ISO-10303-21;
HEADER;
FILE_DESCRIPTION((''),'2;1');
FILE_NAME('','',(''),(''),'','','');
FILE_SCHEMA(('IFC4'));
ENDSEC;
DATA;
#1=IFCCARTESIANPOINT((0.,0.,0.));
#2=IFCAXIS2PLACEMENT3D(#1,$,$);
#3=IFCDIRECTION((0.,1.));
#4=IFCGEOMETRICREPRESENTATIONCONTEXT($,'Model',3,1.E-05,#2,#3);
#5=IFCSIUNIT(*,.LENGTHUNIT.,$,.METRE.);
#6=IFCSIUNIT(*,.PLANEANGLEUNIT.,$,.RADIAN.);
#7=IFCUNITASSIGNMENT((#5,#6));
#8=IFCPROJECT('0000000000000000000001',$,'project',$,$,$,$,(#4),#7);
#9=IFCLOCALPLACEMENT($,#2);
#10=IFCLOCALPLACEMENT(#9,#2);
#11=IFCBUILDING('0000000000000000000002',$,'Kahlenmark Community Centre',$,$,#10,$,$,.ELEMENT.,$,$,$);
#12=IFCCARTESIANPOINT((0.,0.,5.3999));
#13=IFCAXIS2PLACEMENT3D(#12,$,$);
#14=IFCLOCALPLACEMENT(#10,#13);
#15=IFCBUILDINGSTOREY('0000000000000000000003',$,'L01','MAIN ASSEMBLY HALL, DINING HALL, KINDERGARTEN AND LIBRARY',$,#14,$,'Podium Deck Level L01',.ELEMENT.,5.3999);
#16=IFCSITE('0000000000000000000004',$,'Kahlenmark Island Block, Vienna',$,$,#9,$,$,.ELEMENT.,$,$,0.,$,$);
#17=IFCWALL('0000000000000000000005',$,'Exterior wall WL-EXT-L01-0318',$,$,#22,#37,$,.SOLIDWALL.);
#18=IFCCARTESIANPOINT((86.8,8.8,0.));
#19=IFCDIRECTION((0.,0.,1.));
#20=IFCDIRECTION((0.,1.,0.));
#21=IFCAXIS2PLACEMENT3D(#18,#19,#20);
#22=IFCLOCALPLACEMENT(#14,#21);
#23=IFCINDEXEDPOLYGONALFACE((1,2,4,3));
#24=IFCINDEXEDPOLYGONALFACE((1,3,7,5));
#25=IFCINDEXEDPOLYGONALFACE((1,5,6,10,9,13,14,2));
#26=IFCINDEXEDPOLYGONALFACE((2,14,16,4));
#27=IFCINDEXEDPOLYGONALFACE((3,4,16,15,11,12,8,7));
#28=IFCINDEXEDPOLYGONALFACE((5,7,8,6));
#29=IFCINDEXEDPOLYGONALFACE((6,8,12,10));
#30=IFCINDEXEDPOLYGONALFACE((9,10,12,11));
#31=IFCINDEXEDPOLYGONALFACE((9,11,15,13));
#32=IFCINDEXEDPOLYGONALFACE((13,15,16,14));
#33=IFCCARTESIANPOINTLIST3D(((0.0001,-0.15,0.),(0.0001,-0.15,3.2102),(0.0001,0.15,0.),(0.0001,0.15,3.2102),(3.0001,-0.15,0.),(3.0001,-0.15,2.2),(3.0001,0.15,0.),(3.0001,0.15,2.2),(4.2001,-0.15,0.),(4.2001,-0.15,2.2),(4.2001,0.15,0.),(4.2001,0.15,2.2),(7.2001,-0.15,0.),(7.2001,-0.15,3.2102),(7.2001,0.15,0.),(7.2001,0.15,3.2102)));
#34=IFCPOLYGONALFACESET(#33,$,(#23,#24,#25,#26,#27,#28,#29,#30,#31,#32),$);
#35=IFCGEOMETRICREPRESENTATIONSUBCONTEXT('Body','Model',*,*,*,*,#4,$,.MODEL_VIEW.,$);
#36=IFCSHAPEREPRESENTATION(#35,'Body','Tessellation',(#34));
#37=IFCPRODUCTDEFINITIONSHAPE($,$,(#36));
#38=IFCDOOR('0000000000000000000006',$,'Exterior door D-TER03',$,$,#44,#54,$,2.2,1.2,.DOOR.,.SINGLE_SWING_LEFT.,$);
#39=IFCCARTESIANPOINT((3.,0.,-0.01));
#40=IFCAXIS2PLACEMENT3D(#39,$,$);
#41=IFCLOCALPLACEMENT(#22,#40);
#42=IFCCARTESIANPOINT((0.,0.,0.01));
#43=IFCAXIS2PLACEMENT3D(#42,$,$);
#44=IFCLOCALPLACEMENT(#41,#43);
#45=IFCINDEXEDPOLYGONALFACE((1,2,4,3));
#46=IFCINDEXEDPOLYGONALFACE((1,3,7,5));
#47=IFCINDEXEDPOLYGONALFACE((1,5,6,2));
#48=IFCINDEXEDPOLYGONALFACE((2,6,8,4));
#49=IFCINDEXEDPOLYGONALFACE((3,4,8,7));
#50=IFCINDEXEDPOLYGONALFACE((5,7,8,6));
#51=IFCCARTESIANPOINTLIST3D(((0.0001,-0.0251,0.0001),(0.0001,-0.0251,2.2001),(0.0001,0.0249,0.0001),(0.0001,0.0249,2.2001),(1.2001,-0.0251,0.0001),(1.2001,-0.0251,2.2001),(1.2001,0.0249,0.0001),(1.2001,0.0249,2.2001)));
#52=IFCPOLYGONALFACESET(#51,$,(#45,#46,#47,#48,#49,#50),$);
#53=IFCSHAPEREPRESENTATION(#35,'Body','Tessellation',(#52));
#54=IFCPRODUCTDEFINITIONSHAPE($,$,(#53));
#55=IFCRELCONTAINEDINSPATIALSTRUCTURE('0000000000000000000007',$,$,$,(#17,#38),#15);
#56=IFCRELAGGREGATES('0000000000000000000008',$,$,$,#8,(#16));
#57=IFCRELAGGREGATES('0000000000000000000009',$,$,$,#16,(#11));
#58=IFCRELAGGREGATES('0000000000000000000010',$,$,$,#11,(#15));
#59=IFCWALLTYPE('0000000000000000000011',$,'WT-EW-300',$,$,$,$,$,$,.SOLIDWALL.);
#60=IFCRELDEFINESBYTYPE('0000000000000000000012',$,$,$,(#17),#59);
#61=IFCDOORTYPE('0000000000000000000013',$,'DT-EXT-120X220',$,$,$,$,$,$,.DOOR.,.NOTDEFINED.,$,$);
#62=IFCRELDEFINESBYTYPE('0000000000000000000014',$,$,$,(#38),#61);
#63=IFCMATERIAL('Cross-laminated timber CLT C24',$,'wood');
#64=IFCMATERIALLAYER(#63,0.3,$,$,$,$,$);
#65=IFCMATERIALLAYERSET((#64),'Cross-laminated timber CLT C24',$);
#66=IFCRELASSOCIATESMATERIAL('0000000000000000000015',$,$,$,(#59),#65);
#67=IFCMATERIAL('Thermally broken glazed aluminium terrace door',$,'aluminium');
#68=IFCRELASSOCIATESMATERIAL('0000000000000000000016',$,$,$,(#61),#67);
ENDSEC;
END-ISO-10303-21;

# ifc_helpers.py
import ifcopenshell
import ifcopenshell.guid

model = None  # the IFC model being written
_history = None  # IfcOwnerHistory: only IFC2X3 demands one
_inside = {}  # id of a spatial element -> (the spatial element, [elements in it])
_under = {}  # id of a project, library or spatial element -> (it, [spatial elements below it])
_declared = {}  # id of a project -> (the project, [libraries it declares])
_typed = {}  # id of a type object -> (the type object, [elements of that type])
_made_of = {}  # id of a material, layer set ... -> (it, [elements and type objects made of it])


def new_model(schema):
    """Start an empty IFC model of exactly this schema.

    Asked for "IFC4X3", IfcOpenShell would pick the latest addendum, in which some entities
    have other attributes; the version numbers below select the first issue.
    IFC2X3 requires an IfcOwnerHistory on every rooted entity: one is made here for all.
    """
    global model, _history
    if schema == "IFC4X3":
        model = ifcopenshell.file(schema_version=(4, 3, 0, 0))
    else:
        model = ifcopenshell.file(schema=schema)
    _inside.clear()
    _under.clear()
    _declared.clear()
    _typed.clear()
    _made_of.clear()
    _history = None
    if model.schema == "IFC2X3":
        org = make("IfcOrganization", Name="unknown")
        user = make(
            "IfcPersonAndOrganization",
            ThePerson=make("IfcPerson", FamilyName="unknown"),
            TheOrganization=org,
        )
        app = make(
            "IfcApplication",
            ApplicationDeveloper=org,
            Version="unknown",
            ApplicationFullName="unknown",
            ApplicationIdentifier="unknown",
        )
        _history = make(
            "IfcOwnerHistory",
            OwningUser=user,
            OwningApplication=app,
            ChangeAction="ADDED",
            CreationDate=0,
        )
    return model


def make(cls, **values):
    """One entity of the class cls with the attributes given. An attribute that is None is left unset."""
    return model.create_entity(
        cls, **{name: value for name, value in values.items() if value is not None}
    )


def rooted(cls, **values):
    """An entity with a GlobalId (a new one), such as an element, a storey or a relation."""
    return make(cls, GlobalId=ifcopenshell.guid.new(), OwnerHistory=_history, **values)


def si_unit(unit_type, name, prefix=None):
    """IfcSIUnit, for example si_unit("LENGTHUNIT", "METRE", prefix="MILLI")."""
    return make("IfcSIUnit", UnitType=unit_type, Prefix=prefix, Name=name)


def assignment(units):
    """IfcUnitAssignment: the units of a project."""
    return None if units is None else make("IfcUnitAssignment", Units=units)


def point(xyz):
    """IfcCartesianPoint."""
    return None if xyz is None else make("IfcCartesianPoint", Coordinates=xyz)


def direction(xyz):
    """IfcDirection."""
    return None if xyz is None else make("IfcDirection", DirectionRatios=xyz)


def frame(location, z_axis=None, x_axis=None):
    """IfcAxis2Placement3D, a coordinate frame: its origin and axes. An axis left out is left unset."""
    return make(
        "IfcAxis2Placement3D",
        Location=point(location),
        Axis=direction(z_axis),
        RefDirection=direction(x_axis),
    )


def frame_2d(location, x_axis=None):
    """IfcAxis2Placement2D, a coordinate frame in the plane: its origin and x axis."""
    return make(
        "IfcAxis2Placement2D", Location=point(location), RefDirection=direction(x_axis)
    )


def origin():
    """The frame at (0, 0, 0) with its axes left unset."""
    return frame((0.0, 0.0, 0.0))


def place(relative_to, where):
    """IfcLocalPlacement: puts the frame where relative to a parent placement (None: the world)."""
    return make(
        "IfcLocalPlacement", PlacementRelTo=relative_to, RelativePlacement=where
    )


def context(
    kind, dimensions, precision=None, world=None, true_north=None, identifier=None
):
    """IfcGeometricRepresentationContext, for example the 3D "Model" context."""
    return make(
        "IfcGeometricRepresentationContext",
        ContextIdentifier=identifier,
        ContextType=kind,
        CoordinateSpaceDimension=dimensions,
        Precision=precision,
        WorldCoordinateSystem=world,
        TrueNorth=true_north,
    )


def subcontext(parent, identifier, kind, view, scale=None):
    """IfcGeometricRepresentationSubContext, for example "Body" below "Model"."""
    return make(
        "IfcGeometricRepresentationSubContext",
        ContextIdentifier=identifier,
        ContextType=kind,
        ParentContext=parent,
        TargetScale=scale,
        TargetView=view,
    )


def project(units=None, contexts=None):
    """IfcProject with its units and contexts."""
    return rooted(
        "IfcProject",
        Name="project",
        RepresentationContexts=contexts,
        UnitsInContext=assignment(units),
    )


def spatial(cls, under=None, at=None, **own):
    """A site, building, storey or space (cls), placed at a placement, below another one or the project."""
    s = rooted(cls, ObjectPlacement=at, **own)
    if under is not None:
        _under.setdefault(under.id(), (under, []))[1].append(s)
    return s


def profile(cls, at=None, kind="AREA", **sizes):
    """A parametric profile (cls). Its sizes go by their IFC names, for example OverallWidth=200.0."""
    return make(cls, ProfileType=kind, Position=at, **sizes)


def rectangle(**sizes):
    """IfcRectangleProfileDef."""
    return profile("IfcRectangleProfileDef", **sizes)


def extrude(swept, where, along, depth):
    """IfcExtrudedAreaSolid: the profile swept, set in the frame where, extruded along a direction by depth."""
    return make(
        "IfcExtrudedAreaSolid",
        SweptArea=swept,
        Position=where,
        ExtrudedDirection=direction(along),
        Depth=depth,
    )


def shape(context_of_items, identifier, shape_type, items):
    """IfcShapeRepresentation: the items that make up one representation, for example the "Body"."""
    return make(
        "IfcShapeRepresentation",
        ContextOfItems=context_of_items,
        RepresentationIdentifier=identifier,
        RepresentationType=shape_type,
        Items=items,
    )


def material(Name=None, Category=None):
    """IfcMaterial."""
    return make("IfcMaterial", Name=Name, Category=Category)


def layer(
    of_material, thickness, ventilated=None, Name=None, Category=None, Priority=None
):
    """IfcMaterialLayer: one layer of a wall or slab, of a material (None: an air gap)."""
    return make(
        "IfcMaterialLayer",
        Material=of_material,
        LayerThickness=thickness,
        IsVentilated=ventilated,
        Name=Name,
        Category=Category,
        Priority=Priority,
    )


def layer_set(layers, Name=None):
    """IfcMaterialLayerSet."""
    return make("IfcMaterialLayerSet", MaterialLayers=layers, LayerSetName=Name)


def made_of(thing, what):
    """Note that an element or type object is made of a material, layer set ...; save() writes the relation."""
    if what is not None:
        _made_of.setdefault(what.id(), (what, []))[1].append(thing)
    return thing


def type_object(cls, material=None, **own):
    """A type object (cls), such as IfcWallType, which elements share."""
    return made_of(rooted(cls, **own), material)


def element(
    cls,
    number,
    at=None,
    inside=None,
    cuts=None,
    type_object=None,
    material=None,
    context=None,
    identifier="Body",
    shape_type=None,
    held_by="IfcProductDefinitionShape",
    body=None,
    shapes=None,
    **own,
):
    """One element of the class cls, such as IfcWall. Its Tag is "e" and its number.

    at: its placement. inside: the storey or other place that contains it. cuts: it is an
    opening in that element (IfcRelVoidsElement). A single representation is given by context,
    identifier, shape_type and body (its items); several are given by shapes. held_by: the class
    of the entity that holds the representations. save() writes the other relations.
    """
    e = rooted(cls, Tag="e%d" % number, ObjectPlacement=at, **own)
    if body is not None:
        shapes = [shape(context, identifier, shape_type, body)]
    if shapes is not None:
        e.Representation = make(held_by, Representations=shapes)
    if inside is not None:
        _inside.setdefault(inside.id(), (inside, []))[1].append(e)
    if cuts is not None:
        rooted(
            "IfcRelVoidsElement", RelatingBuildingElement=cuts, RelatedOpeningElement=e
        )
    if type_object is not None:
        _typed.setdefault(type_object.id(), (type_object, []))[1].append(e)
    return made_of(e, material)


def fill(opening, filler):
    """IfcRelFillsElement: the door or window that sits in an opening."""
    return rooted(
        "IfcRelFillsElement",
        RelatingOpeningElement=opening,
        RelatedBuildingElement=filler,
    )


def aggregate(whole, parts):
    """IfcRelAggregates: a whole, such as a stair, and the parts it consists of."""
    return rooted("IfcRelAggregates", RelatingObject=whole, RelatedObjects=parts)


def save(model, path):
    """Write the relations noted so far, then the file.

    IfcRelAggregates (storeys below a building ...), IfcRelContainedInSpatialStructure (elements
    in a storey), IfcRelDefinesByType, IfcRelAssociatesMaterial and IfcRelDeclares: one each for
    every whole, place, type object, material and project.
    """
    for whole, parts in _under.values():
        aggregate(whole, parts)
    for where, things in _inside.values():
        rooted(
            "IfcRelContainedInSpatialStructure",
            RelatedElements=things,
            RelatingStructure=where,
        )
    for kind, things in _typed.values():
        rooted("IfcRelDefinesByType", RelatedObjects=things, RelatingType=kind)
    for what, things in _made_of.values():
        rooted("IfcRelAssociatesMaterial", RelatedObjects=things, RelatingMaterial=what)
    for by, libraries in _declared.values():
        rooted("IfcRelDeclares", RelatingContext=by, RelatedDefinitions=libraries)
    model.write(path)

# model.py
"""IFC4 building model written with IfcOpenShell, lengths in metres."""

from ifc_helpers import new_model, si_unit, direction, frame, frame_2d, origin, place, context, subcontext, project, spatial, rectangle, extrude, material, layer, layer_set, type_object, element, fill, save


model = new_model("IFC4")

# Units and contexts
model_context = context("Model", 3, precision=1e-05, world=origin(), true_north=direction((0.0, 1.0)))
body_context = subcontext(model_context, "Body", "Model", "MODEL_VIEW")
ifc_project = project(units=[si_unit("LENGTHUNIT", "METRE"), si_unit("PLANEANGLEUNIT", "RADIAN")], contexts=[model_context])

# Site, building, storey
site_placement = place(None, origin())
site = spatial("IfcSite", under=ifc_project, at=site_placement, Name="Kahlenmark Island Block, Vienna", CompositionType="ELEMENT", RefElevation=0.0)
building_placement = place(site_placement, origin())
building = spatial("IfcBuilding", under=site, at=building_placement, Name="Kahlenmark Community Centre", CompositionType="ELEMENT")
storey_placement = place(building_placement, frame((0.0, 0.0, 5.3999)))
storey = spatial("IfcBuildingStorey", under=building, at=storey_placement, Name="L01", Description="MAIN ASSEMBLY HALL, DINING HALL, KINDERGARTEN AND LIBRARY", LongName="Podium Deck Level L01", CompositionType="ELEMENT", Elevation=5.3999)

# Shared definitions
ifc_material_1 = material(Name="Cross-laminated timber CLT C24", Category="wood")
ifc_layer_1 = layer(ifc_material_1, 0.3)
ifc_layer_set_1 = layer_set([ifc_layer_1], Name="Cross-laminated timber CLT C24")
wall_type = type_object("IfcWallType", Name="WT-EW-300", PredefinedType="SOLIDWALL", material=ifc_layer_set_1)

# Wall, opening, door
wall_1_placement = place(storey_placement, frame((86.8, 8.8, 0.0), z_axis=(0.0, 0.0, 1.0), x_axis=(0.0, 1.0, 0.0)))
wall_1 = element("IfcWall", 1, at=wall_1_placement, inside=storey, type_object=wall_type, Name="Exterior wall WL-EXT-L01-0318", PredefinedType="SOLIDWALL", context=body_context, shape_type="SweptSolid", body=[
    extrude(rectangle(XDim=7.2, YDim=0.3, at=frame_2d((3.6001, 0.0))), origin(), (0.0, 0.0, 1.0), 3.2102),
])
opening_placement = place(wall_1_placement, frame((3.0, 0.0, -0.01)))
opening = element("IfcOpeningElement", 2, at=opening_placement, cuts=wall_1, PredefinedType="OPENING", context=body_context, shape_type="SweptSolid", body=[
    extrude(rectangle(XDim=1.2, YDim=2.21, at=frame_2d((0.6001, 1.105))), frame((0.0, 0.1599, 0.0), z_axis=(0.0, -1.0, 0.0), x_axis=(1.0, 0.0, 0.0)), (0.0, 0.0, 1.0), 0.3201),
])
ifc_material_2 = material(Name="Thermally broken glazed aluminium terrace door", Category="aluminium")
door_type = type_object("IfcDoorType", Name="DT-EXT-120X220", OperationType="NOTDEFINED", PredefinedType="DOOR", material=ifc_material_2)
door_placement = place(opening_placement, frame((0.0, 0.0, 0.01)))
door = element("IfcDoor", 3, at=door_placement, inside=storey, type_object=door_type, Name="Exterior door D-TER03", OperationType="SINGLE_SWING_LEFT", OverallHeight=2.2, OverallWidth=1.2, PredefinedType="DOOR", context=body_context, shape_type="SweptSolid", body=[
    extrude(rectangle(XDim=1.2, YDim=2.2, at=frame_2d((0.6001, 1.1001))), frame((0.0, 0.0249, 0.0), z_axis=(0.0, -1.0, 0.0), x_axis=(1.0, 0.0, 0.0)), (0.0, 0.0, 1.0), 0.05),
])
fill(opening, door)

save(model, "model.ifc")
